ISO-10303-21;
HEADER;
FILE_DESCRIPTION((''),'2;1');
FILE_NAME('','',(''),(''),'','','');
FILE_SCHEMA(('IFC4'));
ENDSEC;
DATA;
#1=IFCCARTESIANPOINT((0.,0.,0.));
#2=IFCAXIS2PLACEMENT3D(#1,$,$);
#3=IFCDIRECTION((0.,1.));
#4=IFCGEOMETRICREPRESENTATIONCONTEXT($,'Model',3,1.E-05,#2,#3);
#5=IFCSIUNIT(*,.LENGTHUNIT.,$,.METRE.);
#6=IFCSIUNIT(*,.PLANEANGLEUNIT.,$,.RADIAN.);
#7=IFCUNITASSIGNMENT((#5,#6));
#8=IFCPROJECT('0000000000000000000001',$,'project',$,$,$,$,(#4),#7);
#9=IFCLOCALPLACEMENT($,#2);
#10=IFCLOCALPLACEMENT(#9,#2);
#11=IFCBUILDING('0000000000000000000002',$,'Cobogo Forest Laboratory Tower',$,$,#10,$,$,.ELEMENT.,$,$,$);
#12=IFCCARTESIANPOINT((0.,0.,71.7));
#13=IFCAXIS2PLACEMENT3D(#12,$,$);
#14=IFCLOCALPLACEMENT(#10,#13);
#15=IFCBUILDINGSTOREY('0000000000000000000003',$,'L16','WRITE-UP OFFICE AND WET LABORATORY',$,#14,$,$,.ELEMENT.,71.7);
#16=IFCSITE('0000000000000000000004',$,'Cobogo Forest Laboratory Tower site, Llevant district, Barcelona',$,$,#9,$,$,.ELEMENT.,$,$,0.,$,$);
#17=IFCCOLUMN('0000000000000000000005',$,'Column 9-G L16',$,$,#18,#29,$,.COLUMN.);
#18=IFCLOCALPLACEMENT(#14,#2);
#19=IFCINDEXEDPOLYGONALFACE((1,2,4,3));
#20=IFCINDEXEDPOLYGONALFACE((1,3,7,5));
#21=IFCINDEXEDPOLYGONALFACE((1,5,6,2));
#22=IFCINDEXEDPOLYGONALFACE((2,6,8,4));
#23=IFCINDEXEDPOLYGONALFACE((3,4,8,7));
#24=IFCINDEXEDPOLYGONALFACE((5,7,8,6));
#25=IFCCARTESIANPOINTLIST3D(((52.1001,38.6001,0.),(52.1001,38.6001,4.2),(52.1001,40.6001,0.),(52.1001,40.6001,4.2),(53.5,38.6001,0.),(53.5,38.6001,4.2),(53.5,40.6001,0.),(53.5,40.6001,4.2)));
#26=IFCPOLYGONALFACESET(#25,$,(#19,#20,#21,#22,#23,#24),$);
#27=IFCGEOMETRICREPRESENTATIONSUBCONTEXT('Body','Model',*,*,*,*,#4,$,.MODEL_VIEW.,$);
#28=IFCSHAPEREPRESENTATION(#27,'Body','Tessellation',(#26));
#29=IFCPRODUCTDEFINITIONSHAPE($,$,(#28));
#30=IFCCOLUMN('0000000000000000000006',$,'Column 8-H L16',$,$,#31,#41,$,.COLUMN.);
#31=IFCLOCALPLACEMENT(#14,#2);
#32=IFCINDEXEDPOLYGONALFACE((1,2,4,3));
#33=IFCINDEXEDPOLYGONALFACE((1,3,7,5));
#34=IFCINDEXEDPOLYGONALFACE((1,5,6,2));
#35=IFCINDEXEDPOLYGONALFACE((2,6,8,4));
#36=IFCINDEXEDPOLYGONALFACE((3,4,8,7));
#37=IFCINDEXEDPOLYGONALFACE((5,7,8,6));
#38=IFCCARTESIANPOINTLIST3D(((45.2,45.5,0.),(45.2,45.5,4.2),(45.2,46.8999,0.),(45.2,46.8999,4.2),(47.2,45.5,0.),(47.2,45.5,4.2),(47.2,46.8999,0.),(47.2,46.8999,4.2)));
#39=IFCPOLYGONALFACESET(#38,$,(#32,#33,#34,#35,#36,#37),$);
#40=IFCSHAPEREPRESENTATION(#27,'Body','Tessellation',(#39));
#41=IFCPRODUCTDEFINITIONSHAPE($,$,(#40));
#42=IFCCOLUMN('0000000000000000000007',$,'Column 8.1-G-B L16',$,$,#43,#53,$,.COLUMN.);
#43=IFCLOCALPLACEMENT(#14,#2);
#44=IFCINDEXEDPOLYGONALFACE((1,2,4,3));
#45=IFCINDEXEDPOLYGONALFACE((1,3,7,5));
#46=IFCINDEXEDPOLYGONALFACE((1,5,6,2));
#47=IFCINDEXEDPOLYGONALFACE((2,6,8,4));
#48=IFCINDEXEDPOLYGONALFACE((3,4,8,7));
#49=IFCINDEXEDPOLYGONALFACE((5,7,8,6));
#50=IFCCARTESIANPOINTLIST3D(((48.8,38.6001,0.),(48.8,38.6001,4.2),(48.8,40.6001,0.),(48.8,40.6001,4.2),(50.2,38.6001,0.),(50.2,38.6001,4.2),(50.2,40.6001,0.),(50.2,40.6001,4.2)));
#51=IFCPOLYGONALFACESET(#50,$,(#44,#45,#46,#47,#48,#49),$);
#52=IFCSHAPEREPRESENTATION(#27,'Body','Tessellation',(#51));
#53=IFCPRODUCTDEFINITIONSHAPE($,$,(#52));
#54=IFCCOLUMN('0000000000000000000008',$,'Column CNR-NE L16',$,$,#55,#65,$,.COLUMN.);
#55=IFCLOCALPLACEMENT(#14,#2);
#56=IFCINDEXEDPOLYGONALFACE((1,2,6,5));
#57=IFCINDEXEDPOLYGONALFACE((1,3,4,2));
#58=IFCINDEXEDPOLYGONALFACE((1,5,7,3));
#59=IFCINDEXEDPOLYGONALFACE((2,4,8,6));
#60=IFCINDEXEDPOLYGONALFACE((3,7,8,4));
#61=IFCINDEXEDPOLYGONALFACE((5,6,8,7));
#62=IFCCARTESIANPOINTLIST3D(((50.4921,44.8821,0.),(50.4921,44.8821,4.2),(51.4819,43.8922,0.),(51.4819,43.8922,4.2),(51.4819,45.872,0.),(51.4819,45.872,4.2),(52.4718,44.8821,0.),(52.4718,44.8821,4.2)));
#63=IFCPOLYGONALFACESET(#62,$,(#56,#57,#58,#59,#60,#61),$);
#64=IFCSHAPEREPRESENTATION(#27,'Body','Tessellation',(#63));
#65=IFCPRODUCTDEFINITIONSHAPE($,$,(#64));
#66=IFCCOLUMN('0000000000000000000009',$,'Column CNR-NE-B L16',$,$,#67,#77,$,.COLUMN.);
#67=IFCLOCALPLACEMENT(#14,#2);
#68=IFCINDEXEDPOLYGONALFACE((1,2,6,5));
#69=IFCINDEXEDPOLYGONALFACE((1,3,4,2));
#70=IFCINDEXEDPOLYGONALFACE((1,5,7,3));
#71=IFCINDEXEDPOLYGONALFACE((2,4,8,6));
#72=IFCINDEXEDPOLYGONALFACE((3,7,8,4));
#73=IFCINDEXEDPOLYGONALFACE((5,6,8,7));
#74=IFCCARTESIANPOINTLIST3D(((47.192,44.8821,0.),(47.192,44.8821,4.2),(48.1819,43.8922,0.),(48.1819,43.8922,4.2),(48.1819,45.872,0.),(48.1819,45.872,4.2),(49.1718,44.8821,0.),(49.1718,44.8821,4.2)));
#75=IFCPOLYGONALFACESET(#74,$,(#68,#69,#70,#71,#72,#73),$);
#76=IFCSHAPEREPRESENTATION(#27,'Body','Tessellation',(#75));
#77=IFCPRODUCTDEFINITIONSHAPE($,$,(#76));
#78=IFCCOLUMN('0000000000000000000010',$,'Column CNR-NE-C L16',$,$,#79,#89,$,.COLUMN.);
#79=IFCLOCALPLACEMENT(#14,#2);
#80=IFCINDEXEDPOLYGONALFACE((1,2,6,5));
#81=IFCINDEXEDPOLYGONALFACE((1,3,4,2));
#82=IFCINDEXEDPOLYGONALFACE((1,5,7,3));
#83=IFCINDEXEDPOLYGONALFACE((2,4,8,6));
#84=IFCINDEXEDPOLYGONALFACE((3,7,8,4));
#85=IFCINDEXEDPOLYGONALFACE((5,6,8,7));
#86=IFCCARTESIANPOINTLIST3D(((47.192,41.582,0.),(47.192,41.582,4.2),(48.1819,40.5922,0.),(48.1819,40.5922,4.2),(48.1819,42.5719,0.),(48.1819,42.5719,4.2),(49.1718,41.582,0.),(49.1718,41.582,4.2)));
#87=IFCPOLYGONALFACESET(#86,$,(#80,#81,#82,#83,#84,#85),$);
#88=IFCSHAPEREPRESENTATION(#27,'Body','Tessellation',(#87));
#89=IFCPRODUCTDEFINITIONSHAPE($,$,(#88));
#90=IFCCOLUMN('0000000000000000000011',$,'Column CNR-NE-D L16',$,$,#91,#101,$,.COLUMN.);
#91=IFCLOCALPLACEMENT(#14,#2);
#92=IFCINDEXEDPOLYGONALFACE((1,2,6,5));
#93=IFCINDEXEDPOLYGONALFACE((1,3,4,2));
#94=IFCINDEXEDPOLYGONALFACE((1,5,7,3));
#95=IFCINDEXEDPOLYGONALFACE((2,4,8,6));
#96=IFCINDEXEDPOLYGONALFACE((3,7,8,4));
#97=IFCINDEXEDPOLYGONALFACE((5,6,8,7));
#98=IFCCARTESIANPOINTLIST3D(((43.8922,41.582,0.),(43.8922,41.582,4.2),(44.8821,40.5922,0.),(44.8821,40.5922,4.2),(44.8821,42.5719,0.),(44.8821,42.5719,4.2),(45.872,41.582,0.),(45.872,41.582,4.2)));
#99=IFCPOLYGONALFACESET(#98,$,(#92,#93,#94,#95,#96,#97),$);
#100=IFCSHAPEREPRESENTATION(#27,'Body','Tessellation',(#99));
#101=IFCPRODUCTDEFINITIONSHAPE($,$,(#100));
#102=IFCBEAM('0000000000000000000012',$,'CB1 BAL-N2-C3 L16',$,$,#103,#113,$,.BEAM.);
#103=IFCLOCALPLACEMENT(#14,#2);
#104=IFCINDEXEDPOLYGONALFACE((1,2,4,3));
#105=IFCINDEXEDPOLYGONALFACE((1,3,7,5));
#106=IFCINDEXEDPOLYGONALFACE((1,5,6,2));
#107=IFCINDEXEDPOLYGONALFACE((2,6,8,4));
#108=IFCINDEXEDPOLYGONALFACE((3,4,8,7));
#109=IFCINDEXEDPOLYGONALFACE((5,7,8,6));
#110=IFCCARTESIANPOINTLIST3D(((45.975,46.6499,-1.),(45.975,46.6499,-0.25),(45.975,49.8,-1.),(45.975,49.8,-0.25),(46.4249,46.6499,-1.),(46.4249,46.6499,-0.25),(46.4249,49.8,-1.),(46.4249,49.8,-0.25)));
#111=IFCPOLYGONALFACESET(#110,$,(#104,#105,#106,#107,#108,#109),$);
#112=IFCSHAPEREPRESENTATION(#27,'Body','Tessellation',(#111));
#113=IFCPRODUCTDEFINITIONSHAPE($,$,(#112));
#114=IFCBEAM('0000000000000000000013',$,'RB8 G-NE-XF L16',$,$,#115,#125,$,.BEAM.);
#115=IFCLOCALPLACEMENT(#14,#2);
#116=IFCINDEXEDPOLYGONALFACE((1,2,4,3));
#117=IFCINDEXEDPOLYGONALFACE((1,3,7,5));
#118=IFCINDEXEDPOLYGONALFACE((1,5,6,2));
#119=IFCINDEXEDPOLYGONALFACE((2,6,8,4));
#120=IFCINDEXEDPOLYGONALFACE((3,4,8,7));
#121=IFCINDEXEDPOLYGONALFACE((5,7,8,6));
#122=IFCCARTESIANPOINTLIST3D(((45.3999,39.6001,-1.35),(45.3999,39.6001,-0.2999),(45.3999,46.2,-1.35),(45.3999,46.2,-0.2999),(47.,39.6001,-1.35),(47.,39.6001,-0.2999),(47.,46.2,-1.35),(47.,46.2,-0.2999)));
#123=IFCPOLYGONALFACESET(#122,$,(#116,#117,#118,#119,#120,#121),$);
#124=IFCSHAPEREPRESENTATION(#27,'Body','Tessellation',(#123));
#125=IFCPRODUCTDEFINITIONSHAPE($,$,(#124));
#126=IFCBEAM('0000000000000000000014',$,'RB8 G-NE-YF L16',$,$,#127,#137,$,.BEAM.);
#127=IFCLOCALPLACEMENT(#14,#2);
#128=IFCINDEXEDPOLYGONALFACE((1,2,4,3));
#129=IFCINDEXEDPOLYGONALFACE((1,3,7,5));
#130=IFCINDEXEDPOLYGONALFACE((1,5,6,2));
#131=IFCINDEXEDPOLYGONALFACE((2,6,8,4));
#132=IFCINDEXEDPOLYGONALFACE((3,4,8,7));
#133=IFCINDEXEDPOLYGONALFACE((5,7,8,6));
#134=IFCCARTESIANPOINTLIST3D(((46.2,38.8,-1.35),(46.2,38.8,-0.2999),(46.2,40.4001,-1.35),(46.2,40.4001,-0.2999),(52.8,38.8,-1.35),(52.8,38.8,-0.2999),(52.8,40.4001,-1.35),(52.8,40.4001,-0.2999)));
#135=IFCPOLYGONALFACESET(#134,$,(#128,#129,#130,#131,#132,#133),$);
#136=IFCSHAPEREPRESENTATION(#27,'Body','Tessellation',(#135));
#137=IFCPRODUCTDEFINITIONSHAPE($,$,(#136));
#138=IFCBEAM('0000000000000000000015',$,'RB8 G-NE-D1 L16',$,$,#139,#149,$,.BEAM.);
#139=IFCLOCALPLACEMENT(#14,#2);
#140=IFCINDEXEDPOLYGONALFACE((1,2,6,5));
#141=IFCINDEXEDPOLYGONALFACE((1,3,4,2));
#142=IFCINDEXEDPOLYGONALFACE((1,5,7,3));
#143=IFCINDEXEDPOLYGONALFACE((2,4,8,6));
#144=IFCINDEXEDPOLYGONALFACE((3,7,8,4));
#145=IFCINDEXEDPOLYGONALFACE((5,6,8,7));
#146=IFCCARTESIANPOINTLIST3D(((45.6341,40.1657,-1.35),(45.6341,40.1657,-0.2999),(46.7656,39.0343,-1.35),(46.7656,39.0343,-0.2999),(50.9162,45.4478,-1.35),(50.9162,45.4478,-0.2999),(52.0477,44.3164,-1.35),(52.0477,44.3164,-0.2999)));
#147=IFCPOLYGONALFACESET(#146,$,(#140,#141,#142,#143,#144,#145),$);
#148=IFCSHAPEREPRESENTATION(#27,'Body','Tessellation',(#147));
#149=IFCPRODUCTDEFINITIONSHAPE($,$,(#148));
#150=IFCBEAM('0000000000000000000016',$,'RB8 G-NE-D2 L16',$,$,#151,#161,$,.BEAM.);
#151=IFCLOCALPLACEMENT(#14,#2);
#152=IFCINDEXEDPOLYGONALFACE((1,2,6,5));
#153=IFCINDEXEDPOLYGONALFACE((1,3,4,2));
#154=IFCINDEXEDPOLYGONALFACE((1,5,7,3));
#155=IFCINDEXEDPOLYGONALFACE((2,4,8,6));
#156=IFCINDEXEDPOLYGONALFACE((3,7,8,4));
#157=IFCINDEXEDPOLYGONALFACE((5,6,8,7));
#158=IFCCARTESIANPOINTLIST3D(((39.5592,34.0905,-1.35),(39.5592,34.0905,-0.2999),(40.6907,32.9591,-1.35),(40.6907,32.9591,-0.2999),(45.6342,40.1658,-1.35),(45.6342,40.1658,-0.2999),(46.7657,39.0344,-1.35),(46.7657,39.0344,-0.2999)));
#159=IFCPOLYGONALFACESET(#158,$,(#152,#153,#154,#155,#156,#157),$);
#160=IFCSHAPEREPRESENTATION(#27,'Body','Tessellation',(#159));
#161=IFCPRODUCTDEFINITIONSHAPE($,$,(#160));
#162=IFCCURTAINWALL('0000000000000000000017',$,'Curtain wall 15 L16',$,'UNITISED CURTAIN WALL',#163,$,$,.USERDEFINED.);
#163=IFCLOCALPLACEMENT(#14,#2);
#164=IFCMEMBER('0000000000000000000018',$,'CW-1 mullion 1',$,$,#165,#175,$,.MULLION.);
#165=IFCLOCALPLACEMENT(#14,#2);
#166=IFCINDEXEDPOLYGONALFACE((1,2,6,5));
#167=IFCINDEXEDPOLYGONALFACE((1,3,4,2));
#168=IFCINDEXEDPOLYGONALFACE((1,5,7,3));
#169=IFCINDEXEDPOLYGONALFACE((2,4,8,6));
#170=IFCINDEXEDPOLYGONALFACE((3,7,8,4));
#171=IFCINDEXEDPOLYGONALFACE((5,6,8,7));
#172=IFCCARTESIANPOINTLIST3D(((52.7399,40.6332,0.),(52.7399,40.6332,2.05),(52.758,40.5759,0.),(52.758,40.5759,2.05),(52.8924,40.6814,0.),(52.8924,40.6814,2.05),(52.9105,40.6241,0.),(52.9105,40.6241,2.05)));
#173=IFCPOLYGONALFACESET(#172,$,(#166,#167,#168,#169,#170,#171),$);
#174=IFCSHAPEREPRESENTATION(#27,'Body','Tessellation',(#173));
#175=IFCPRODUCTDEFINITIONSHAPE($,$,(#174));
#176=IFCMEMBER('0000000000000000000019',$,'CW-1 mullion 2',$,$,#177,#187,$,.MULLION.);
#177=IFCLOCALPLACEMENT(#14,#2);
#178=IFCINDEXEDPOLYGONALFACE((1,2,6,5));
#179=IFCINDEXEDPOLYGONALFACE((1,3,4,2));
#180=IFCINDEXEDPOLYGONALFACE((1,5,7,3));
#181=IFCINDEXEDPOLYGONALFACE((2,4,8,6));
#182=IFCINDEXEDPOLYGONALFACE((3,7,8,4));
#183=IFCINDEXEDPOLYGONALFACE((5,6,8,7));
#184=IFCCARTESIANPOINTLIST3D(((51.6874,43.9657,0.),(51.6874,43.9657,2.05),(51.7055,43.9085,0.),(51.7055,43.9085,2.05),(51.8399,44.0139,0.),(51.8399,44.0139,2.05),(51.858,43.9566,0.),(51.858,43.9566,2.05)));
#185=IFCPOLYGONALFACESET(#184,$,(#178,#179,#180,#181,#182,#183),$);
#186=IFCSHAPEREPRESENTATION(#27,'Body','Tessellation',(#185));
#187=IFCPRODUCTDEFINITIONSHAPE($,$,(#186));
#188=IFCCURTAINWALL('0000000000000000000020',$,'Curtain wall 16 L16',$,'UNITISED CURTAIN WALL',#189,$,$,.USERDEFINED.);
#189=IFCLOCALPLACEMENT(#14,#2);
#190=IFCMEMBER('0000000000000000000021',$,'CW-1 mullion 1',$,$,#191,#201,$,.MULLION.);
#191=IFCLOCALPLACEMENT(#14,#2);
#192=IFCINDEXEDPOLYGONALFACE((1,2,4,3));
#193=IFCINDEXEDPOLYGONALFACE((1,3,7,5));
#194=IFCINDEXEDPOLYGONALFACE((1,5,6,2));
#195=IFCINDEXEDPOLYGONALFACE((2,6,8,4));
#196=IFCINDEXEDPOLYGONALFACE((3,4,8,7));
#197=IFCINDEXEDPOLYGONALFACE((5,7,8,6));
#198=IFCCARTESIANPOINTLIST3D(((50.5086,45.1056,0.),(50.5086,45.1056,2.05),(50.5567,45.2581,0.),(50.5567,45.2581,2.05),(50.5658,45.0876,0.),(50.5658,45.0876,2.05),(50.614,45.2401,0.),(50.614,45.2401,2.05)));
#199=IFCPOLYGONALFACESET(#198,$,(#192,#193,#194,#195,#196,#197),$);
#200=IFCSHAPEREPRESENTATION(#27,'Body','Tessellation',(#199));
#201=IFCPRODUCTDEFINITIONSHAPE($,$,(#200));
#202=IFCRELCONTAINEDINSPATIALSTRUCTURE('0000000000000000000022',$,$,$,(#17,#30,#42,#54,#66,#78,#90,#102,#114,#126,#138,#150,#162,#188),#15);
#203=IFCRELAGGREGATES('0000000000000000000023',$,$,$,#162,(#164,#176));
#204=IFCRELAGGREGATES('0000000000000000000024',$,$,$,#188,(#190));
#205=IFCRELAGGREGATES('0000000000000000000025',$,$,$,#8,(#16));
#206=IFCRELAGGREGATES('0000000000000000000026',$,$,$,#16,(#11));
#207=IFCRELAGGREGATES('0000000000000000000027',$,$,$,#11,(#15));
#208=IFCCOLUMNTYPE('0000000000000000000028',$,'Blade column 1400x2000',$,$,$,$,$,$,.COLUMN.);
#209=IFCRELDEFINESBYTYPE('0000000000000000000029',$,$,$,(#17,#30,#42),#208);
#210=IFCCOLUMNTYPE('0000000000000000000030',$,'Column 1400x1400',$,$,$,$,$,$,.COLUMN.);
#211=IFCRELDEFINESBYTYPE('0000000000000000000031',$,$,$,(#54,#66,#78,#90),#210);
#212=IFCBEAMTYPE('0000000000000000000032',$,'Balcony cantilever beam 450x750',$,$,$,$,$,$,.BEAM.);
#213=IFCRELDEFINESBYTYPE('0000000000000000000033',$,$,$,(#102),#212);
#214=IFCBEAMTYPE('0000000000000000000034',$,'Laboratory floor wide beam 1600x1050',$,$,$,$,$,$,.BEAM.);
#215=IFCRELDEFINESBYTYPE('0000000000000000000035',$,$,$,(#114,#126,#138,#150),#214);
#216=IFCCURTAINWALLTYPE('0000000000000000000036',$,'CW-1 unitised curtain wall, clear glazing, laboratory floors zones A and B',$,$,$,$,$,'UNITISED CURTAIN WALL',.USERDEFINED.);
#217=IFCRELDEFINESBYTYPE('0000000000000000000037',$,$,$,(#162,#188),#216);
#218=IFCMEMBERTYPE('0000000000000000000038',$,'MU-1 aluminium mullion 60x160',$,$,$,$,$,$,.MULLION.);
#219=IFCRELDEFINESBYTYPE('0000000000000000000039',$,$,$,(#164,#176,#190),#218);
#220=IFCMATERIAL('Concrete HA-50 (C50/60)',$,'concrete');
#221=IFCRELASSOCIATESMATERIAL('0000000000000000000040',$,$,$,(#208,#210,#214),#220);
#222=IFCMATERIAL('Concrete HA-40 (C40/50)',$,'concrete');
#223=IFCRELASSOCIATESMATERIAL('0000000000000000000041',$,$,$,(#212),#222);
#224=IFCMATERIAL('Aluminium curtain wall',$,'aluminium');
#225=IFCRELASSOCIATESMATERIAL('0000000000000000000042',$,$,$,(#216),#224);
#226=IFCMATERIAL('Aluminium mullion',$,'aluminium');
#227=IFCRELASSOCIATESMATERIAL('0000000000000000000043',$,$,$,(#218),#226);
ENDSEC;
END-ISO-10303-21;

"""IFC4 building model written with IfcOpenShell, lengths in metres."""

from ifc_helpers import new_model, si_unit, direction, frame, origin, origin_2d, place, context, subcontext, project, spatial, rectangle, extrude, material, material_profile, profile_set, type_object, element, aggregate, save


model = new_model("IFC4")

# Units and contexts
model_context = context("Model", 3, precision=1e-05, world=origin(), true_north=direction((0.0, 1.0)))
body_context = subcontext(model_context, "Body", "Model", "MODEL_VIEW")
ifc_project = project(units=[si_unit("LENGTHUNIT", "METRE"), si_unit("PLANEANGLEUNIT", "RADIAN")], contexts=[model_context])

# Site, building, storey
site_placement = place(None, origin())
site = spatial("IfcSite", under=ifc_project, at=site_placement, Name="Cobogo Forest Laboratory Tower site, Llevant district, Barcelona", CompositionType="ELEMENT", RefElevation=0.0)
building_placement = place(site_placement, origin())
building = spatial("IfcBuilding", under=site, at=building_placement, Name="Cobogo Forest Laboratory Tower", CompositionType="ELEMENT")
storey_placement = place(building_placement, frame((0.0, 0.0, 71.7)))
storey = spatial("IfcBuildingStorey", under=building, at=storey_placement, Name="L16", Description="WRITE-UP OFFICE AND WET LABORATORY", CompositionType="ELEMENT", Elevation=71.7)

# Columns
ifc_material_1 = material(Name="Concrete HA-50 (C50/60)", Category="concrete")
ifc_material_profile_1 = material_profile(ifc_material_1, rectangle(XDim=2.0, YDim=1.3999, at=origin_2d()), Name="RC 1400x2000")
ifc_profile_set_1 = profile_set([ifc_material_profile_1], Name="Concrete HA-50 (C50/60)")
column_type_1 = type_object("IfcColumnType", Name="Blade column 1400x2000", PredefinedType="COLUMN", material=ifc_profile_set_1)
for number, where, z_axis, x_axis, name in (
    (1, (52.8, 39.6001, 0.0), (0.0, 0.0, 1.0), (0.0, 1.0, 0.0), "Column 9-G L16"),
    (2, (46.2, 46.2, 0.0), (0.0, 0.0, 1.0), (1.0, 0.0, 0.0), "Column 8-H L16"),
    (3, (49.5, 39.6001, 0.0), (0.0, 0.0, 1.0), (0.0, 1.0, 0.0), "Column 8.1-G-B L16"),
):
    element("IfcColumn", number, at=place(storey_placement, frame(where, z_axis=z_axis, x_axis=x_axis)), inside=storey, type_object=column_type_1, Name=name, PredefinedType="COLUMN", context=body_context, shape_type="SweptSolid", body=[
        extrude(rectangle(XDim=2.0, YDim=1.3999, at=origin_2d()), origin(), (0.0, 0.0, 1.0), 4.2),
    ])
ifc_material_profile_2 = material_profile(ifc_material_1, rectangle(XDim=1.3999, YDim=1.3999, at=origin_2d()), Name="RC 1400x1400")
ifc_profile_set_2 = profile_set([ifc_material_profile_2], Name="Concrete HA-50 (C50/60)")
column_type_2 = type_object("IfcColumnType", Name="Column 1400x1400", PredefinedType="COLUMN", material=ifc_profile_set_2)
for number, where, z_axis, x_axis, name in (
    (4, (51.4819, 44.8821, 0.0), (0.0, 0.0, 1.0), (0.707107, 0.707107, 0.0), "Column CNR-NE L16"),
    (5, (48.1819, 44.8821, 0.0), (0.0, 0.0, 1.0), (0.707107, 0.707107, 0.0), "Column CNR-NE-B L16"),
    (6, (48.1819, 41.582, 0.0), (0.0, 0.0, 1.0), (0.707107, 0.707107, 0.0), "Column CNR-NE-C L16"),
    (7, (44.8821, 41.582, 0.0), (0.0, 0.0, 1.0), (0.707107, 0.707107, 0.0), "Column CNR-NE-D L16"),
):
    element("IfcColumn", number, at=place(storey_placement, frame(where, z_axis=z_axis, x_axis=x_axis)), inside=storey, type_object=column_type_2, Name=name, PredefinedType="COLUMN", context=body_context, shape_type="SweptSolid", body=[
        extrude(rectangle(XDim=1.3999, YDim=1.3999, at=origin_2d()), origin(), (0.0, 0.0, 1.0), 4.2),
    ])

# Beams
ifc_material_2 = material(Name="Concrete HA-40 (C40/50)", Category="concrete")
ifc_material_profile_3 = material_profile(ifc_material_2, rectangle(XDim=0.45, YDim=0.75, at=origin_2d()), Name="RC 450x750")
ifc_profile_set_3 = profile_set([ifc_material_profile_3], Name="Concrete HA-40 (C40/50)")
beam_type_1 = type_object("IfcBeamType", Name="Balcony cantilever beam 450x750", PredefinedType="BEAM", material=ifc_profile_set_3)
beam_1_placement = place(storey_placement, frame((46.2, 46.6499, -0.625), z_axis=(0.0, 1.0, 0.0), x_axis=(-1.0, 0.0, 0.0)))
element("IfcBeam", 8, at=beam_1_placement, inside=storey, type_object=beam_type_1, Name="CB1 BAL-N2-C3 L16", PredefinedType="BEAM", context=body_context, shape_type="SweptSolid", body=[
    extrude(rectangle(XDim=0.45, YDim=0.75, at=origin_2d()), origin(), (0.0, 0.0, 1.0), 3.1501),
])
ifc_material_profile_4 = material_profile(ifc_material_1, rectangle(XDim=1.6001, YDim=1.05, at=origin_2d()), Name="RC 1600x1050")
ifc_profile_set_4 = profile_set([ifc_material_profile_4], Name="Concrete HA-50 (C50/60)")
beam_type_2 = type_object("IfcBeamType", Name="Laboratory floor wide beam 1600x1050", PredefinedType="BEAM", material=ifc_profile_set_4)
beam_2_placement = place(storey_placement, frame((46.2, 46.2, -0.825), z_axis=(0.0, -1.0, 0.0), x_axis=(1.0, 0.0, 0.0)))
element("IfcBeam", 9, at=beam_2_placement, inside=storey, type_object=beam_type_2, Name="RB8 G-NE-XF L16", PredefinedType="BEAM", context=body_context, shape_type="SweptSolid", body=[
    extrude(rectangle(XDim=1.6001, YDim=1.05, at=origin_2d()), origin(), (0.0, 0.0, 1.0), 6.5999),
])
beam_3_placement = place(storey_placement, frame((52.8, 39.6001, -0.825), z_axis=(-1.0, 0.0, 0.0), x_axis=(0.0, -1.0, 0.0)))
element("IfcBeam", 10, at=beam_3_placement, inside=storey, type_object=beam_type_2, Name="RB8 G-NE-YF L16", PredefinedType="BEAM", context=body_context, shape_type="SweptSolid", body=[
    extrude(rectangle(XDim=1.6001, YDim=1.05, at=origin_2d()), origin(), (0.0, 0.0, 1.0), 6.6001),
])
beam_4_placement = place(storey_placement, frame((51.4819, 44.8821, -0.825), z_axis=(-0.707107, -0.707107, 0.0), x_axis=(0.707107, -0.707107, 0.0)))
element("IfcBeam", 11, at=beam_4_placement, inside=storey, type_object=beam_type_2, Name="RB8 G-NE-D1 L16", PredefinedType="BEAM", context=body_context, shape_type="SweptSolid", body=[
    extrude(rectangle(XDim=1.6001, YDim=1.05, at=origin_2d()), origin(), (0.0, 0.0, 1.0), 7.47),
])
beam_5_placement = place(storey_placement, frame((46.2, 39.6001, -0.825), z_axis=(-0.707093, -0.707121, 0.0), x_axis=(0.707121, -0.707093, 0.0)))
element("IfcBeam", 12, at=beam_5_placement, inside=storey, type_object=beam_type_2, Name="RB8 G-NE-D2 L16", PredefinedType="BEAM", context=body_context, shape_type="SweptSolid", body=[
    extrude(rectangle(XDim=1.6001, YDim=1.05, at=origin_2d()), origin(), (0.0, 0.0, 1.0), 8.5916),
])

# Curtain walls, members
ifc_material_3 = material(Name="Aluminium curtain wall", Category="aluminium")
curtain_wall_type = type_object("IfcCurtainWallType", Name="CW-1 unitised curtain wall, clear glazing, laboratory floors zones A and B", ElementType="UNITISED CURTAIN WALL", PredefinedType="USERDEFINED", material=ifc_material_3)
curtain_wall_1_placement = place(storey_placement, origin())
curtain_wall_1 = element("IfcCurtainWall", 13, at=curtain_wall_1_placement, inside=storey, type_object=curtain_wall_type, Name="Curtain wall 15 L16", ObjectType="UNITISED CURTAIN WALL", PredefinedType="USERDEFINED")
ifc_material_4 = material(Name="Aluminium mullion", Category="aluminium")
ifc_material_profile_5 = material_profile(ifc_material_4, rectangle(XDim=0.0601, YDim=0.1599, at=origin_2d()), Name="AL 60x160")
ifc_profile_set_5 = profile_set([ifc_material_profile_5], Name="Aluminium mullion")
member_type_1 = type_object("IfcMemberType", Name="MU-1 aluminium mullion 60x160", PredefinedType="MULLION", material=ifc_profile_set_5)
member_1_placement = place(storey_placement, frame((52.8252, 40.6287, 0.0), z_axis=(0.0, 0.0, 1.0), x_axis=(-0.301135, 0.953581, 0.0)))
member_1 = element("IfcMember", 14, at=member_1_placement, type_object=member_type_1, Name="CW-1 mullion 1", PredefinedType="MULLION", context=body_context, shape_type="SweptSolid", body=[
    extrude(rectangle(XDim=0.0601, YDim=0.1599, at=origin_2d()), origin(), (0.0, 0.0, 1.0), 2.05),
])
member_2_placement = place(storey_placement, frame((51.7727, 43.9612, 0.0), z_axis=(0.0, 0.0, 1.0), x_axis=(-0.301135, 0.953581, 0.0)))
member_2 = element("IfcMember", 15, at=member_2_placement, type_object=member_type_1, Name="CW-1 mullion 2", PredefinedType="MULLION", context=body_context, shape_type="SweptSolid", body=[
    extrude(rectangle(XDim=0.0601, YDim=0.1599, at=origin_2d()), origin(), (0.0, 0.0, 1.0), 2.05),
])
curtain_wall_2_placement = place(storey_placement, origin())
curtain_wall_2 = element("IfcCurtainWall", 16, at=curtain_wall_2_placement, inside=storey, type_object=curtain_wall_type, Name="Curtain wall 16 L16", ObjectType="UNITISED CURTAIN WALL", PredefinedType="USERDEFINED")
member_3_placement = place(storey_placement, frame((50.5613, 45.1729, 0.0), z_axis=(0.0, 0.0, 1.0), x_axis=(-0.953581, 0.301135, 0.0)))
member_3 = element("IfcMember", 17, at=member_3_placement, type_object=member_type_1, Name="CW-1 mullion 1", PredefinedType="MULLION", context=body_context, shape_type="SweptSolid", body=[
    extrude(rectangle(XDim=0.0601, YDim=0.1599, at=origin_2d()), origin(), (0.0, 0.0, 1.0), 2.05),
])

aggregate(curtain_wall_1, [member_1, member_2])
aggregate(curtain_wall_2, [member_3])

save(model, "model.ifc")
